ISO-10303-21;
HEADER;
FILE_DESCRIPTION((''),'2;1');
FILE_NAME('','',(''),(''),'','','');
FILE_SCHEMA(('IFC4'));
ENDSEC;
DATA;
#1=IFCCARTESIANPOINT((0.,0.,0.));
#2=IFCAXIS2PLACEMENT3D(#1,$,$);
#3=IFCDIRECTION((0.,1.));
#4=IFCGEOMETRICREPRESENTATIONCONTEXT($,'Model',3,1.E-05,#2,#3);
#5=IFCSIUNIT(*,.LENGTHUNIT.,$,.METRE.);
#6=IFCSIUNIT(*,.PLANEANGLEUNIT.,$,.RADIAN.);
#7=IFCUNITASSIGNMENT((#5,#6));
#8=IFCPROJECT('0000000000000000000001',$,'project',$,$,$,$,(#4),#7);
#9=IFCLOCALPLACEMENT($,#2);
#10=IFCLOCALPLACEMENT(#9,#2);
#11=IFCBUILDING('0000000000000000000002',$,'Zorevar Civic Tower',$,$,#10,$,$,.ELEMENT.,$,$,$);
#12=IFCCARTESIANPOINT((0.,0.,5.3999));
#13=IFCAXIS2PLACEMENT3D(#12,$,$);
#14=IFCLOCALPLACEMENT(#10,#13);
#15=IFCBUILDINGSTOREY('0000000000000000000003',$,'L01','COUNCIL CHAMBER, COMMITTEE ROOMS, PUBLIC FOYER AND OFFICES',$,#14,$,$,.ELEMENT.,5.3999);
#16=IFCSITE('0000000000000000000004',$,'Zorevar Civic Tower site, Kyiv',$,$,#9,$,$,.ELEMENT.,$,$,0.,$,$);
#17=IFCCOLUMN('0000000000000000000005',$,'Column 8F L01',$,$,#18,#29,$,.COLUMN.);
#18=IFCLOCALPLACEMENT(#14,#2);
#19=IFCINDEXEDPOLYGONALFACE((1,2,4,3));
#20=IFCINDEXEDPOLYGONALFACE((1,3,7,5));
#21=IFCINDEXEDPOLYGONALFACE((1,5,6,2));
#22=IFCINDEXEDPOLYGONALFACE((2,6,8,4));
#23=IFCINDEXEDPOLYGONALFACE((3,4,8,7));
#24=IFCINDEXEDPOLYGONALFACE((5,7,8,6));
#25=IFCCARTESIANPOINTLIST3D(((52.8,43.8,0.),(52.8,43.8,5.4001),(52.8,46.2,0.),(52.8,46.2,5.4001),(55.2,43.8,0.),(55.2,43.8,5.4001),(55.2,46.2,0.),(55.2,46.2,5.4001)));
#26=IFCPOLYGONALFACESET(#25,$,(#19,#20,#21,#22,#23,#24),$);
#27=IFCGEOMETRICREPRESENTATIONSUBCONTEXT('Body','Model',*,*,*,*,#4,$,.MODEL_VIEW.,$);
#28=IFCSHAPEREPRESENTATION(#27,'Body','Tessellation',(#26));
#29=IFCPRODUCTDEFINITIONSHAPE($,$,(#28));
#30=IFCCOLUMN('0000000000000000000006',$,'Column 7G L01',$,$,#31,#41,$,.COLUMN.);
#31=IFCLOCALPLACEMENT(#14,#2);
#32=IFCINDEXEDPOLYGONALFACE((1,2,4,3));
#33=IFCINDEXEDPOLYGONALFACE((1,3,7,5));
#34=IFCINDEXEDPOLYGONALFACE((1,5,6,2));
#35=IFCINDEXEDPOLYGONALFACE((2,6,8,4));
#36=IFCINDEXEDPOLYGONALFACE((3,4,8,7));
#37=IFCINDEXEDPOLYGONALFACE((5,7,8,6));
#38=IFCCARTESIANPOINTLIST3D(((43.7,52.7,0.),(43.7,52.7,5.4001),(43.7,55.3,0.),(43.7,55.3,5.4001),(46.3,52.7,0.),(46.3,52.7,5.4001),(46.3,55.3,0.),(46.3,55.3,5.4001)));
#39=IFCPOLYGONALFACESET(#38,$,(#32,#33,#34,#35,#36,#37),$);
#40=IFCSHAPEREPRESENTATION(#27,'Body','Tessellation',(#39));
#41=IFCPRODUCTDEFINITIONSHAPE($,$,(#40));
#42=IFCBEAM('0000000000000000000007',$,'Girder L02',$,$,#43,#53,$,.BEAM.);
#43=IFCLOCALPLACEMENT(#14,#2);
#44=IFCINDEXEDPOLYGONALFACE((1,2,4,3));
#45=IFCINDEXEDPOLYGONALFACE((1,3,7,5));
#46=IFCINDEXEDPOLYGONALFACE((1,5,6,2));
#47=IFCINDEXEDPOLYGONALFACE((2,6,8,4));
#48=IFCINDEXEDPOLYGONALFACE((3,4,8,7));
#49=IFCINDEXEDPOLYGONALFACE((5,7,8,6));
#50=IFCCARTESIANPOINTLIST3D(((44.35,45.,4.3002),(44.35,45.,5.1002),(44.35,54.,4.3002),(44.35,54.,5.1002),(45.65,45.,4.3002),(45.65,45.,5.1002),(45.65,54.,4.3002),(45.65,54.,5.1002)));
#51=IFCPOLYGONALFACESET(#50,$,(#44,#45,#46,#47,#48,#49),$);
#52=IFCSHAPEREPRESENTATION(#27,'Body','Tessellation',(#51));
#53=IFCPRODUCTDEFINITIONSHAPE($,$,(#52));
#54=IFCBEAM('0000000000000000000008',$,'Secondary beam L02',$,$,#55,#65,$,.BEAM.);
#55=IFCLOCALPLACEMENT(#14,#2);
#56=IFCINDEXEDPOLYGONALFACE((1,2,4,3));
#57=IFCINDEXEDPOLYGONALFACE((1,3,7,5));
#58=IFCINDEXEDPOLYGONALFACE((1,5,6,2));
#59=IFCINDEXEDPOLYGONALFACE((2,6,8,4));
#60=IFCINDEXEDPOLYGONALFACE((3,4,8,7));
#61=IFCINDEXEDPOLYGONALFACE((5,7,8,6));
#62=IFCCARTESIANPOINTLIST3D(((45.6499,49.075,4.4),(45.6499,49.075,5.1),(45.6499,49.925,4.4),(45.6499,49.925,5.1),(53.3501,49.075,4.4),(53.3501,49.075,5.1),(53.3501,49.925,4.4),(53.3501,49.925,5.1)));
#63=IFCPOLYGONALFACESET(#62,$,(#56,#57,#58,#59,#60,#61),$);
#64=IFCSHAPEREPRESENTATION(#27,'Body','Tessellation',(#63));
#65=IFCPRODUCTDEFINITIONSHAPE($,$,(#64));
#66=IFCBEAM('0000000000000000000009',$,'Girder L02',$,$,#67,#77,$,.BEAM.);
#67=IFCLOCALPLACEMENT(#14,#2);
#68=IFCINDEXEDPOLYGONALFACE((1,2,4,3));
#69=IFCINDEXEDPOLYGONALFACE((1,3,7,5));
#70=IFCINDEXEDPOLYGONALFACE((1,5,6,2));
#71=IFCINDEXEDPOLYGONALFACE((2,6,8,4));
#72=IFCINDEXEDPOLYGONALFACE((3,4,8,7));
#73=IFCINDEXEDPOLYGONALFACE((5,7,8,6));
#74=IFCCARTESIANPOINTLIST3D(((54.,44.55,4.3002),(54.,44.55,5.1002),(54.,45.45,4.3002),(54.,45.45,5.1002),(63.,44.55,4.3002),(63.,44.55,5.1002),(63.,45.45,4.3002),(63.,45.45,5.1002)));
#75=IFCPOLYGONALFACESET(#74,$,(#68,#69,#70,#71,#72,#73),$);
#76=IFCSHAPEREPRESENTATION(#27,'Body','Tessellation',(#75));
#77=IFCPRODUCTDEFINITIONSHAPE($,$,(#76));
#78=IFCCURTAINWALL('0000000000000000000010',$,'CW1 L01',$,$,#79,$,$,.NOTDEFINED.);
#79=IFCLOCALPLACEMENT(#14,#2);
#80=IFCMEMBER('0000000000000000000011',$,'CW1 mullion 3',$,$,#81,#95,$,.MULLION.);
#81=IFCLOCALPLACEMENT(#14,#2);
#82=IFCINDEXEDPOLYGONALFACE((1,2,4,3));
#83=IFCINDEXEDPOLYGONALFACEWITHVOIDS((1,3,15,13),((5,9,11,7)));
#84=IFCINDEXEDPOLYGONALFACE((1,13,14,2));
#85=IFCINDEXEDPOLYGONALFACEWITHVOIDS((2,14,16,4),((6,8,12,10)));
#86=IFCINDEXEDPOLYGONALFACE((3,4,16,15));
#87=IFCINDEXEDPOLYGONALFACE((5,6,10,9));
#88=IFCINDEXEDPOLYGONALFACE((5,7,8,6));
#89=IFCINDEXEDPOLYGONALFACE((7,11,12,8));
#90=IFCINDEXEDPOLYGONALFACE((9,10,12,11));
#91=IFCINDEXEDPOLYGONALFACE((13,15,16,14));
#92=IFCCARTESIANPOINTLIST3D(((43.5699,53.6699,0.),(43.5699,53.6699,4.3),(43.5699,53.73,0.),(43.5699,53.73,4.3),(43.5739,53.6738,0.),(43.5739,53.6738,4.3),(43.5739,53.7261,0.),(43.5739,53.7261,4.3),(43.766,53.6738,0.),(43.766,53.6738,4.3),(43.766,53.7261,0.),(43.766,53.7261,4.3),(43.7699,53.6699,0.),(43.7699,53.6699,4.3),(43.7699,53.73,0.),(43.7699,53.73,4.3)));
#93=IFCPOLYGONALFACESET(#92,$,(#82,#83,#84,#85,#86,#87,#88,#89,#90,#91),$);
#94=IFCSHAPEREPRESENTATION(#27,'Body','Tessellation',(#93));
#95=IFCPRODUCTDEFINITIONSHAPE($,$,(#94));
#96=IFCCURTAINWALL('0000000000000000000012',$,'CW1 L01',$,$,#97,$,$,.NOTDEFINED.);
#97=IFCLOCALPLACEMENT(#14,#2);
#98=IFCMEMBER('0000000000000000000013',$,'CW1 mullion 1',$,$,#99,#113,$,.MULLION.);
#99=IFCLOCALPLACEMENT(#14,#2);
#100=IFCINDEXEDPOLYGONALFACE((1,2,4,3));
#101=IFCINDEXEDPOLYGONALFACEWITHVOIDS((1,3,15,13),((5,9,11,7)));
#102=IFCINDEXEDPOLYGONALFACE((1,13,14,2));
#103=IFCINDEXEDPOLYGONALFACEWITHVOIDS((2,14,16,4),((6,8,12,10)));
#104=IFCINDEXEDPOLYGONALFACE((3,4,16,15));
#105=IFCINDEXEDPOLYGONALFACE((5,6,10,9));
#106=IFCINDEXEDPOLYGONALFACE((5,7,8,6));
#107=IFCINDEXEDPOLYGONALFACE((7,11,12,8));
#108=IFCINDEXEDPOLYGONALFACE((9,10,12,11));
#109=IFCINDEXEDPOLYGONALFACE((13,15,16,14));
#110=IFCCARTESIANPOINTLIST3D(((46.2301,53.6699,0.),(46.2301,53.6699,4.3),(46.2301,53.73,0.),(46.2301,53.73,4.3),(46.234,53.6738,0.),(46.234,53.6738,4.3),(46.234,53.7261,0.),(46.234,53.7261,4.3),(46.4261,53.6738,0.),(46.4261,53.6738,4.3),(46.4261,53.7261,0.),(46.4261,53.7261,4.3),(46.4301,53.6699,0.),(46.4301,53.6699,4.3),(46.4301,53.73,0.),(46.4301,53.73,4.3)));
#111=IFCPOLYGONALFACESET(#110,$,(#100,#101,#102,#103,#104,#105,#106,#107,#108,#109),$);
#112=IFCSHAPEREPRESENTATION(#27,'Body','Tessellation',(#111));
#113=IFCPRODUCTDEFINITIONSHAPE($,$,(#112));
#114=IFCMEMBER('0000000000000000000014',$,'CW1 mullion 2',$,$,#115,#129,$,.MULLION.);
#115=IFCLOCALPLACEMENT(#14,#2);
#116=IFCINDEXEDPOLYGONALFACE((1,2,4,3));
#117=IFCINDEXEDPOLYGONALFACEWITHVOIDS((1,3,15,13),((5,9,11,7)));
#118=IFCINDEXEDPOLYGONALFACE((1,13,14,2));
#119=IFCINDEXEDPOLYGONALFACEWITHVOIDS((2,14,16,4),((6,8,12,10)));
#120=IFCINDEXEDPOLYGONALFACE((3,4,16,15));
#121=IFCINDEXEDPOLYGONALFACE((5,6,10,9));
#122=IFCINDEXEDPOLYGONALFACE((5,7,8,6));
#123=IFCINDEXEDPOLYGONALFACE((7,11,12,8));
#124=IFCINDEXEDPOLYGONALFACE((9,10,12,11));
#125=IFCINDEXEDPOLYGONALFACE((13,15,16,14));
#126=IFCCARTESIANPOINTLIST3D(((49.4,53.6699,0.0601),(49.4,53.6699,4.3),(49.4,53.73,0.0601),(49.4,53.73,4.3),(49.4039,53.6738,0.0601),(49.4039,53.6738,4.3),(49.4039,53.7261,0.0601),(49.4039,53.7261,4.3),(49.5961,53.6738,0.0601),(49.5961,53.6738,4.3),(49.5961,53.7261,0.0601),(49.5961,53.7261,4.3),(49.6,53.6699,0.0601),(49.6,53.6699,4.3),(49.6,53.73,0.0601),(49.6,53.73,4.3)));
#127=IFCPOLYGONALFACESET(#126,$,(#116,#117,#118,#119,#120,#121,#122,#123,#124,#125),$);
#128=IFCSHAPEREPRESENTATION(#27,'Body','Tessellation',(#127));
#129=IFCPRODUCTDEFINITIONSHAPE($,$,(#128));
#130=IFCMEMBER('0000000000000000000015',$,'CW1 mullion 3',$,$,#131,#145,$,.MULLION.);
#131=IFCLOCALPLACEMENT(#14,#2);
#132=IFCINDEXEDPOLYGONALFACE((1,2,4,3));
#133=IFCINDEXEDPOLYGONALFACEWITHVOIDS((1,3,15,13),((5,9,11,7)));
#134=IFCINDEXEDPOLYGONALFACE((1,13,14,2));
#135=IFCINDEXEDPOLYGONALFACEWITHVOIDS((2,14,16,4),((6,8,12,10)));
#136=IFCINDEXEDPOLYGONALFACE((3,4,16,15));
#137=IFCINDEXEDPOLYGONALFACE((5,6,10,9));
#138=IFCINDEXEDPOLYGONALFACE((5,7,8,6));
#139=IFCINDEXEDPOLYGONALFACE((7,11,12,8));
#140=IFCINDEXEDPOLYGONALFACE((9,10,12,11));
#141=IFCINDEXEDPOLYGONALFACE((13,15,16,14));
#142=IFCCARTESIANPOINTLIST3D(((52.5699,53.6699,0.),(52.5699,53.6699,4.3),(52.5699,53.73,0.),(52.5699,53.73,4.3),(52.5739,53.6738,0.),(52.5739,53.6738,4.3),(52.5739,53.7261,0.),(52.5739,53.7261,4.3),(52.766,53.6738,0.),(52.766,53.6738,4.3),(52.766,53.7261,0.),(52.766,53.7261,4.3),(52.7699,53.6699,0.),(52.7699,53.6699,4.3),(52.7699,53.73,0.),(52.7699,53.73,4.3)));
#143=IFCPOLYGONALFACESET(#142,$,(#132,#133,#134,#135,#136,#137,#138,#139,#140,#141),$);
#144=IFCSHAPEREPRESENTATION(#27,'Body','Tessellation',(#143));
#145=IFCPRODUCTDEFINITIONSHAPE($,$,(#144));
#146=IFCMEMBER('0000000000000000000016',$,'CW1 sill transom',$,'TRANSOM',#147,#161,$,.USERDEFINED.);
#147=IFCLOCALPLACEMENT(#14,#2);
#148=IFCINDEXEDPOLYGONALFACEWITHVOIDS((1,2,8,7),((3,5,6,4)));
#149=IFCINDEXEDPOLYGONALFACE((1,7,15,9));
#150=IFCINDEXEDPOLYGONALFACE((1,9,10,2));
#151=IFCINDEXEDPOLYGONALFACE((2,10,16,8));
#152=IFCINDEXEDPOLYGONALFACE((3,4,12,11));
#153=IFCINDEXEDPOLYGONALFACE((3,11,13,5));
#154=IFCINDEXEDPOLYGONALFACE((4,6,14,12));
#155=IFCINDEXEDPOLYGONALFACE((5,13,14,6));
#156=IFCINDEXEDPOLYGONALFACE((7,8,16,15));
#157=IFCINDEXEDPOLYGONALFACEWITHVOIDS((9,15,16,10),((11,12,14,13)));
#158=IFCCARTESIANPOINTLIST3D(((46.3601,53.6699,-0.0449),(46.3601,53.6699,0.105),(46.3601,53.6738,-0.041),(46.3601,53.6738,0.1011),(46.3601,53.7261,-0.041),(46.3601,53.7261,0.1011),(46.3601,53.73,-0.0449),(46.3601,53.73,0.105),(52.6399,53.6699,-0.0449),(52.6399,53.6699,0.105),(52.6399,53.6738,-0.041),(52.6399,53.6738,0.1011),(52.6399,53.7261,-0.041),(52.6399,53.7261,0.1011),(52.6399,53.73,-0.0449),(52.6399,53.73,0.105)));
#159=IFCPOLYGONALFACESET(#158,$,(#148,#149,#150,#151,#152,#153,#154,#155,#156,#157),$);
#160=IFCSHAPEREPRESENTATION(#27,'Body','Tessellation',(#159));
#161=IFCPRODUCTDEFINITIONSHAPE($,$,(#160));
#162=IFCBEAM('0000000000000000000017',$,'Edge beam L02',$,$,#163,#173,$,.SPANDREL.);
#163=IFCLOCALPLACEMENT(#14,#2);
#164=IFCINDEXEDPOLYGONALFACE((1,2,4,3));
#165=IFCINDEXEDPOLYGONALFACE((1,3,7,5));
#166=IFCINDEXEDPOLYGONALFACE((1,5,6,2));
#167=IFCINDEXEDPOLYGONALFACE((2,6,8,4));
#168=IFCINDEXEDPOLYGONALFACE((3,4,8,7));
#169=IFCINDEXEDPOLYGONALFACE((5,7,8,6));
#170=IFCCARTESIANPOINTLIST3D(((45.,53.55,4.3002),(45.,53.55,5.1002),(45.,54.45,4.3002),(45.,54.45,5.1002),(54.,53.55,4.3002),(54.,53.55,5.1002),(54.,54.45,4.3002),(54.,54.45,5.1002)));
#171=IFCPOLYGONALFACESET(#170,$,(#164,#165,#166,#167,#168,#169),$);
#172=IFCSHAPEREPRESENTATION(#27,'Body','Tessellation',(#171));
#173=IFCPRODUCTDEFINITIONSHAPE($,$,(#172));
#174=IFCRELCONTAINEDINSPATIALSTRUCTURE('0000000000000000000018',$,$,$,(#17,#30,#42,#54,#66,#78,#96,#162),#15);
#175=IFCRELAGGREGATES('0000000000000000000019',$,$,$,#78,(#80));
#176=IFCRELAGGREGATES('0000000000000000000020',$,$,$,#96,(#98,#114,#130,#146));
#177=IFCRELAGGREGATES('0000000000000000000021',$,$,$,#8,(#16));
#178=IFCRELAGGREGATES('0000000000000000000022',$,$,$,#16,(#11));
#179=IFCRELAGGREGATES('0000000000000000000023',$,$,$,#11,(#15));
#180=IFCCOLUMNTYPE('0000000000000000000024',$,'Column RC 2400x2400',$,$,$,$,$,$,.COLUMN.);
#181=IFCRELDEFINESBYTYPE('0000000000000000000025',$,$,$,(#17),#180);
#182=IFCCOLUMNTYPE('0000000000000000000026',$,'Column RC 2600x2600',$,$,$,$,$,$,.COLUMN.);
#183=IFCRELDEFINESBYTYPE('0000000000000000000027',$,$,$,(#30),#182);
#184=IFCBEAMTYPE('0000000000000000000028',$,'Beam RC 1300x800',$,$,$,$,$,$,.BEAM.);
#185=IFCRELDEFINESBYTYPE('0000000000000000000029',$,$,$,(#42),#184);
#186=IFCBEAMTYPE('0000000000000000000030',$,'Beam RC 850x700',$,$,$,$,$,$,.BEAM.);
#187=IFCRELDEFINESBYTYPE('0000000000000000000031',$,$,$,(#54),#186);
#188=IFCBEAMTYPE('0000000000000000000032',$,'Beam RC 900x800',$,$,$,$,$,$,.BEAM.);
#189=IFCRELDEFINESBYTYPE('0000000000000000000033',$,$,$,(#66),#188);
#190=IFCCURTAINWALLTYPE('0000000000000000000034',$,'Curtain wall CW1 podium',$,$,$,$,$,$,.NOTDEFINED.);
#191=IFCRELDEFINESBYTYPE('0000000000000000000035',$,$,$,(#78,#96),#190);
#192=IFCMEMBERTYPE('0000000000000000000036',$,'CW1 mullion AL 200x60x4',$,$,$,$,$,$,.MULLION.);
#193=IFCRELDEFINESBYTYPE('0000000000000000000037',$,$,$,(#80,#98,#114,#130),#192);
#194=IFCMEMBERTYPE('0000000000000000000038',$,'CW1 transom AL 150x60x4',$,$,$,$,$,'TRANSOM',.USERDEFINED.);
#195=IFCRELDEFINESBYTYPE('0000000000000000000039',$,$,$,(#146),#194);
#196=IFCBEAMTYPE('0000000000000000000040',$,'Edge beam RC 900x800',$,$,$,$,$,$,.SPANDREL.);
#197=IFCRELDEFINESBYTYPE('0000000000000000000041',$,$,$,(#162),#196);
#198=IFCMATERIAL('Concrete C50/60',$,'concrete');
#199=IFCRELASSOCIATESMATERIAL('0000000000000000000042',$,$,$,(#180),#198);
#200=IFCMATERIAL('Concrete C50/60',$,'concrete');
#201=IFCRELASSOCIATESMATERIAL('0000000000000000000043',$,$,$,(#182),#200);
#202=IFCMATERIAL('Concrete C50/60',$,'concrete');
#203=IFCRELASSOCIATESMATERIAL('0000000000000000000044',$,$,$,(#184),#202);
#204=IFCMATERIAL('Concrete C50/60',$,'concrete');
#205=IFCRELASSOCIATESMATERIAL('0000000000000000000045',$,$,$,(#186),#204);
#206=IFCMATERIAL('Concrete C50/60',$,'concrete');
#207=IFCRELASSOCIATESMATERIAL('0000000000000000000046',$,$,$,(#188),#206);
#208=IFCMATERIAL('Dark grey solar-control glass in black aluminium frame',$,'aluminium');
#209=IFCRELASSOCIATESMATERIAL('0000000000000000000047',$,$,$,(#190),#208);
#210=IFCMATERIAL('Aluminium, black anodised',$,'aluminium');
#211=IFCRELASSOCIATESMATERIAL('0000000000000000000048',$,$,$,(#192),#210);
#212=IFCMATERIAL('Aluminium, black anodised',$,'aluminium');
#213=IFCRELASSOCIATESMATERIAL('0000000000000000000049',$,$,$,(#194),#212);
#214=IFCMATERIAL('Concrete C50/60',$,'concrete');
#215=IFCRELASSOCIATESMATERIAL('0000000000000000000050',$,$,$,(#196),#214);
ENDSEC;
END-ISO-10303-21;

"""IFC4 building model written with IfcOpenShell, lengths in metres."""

from ifc_helpers import new_model, si_unit, direction, frame, origin, origin_2d, place, context, subcontext, project, spatial, rectangle, hollow_rectangle, extrude, material, material_profile, profile_set, type_object, element, aggregate, save


model = new_model("IFC4")

# Units and contexts
model_context = context("Model", 3, precision=1e-05, world=origin(), true_north=direction((0.0, 1.0)))
body_context = subcontext(model_context, "Body", "Model", "MODEL_VIEW")
ifc_project = project(units=[si_unit("LENGTHUNIT", "METRE"), si_unit("PLANEANGLEUNIT", "RADIAN")], contexts=[model_context])

# Site, building, storey
site_placement = place(None, origin())
site = spatial("IfcSite", under=ifc_project, at=site_placement, Name="Zorevar Civic Tower site, Kyiv", CompositionType="ELEMENT", RefElevation=0.0)
building_placement = place(site_placement, origin())
building = spatial("IfcBuilding", under=site, at=building_placement, Name="Zorevar Civic Tower", CompositionType="ELEMENT")
storey_placement = place(building_placement, frame((0.0, 0.0, 5.3999)))
storey = spatial("IfcBuildingStorey", under=building, at=storey_placement, Name="L01", Description="COUNCIL CHAMBER, COMMITTEE ROOMS, PUBLIC FOYER AND OFFICES", CompositionType="ELEMENT", Elevation=5.3999)

# Columns
ifc_material_1 = material(Name="Concrete C50/60", Category="concrete")
ifc_material_profile_1 = material_profile(ifc_material_1, rectangle(XDim=2.3999, YDim=2.3999, at=origin_2d()), Name="RC 2400x2400")
ifc_profile_set_1 = profile_set([ifc_material_profile_1], Name="Concrete C50/60")
column_type_1 = type_object("IfcColumnType", Name="Column RC 2400x2400", PredefinedType="COLUMN", material=ifc_profile_set_1)
column_1_placement = place(storey_placement, frame((54.0, 45.0, 0.0), z_axis=(0.0, 0.0, 1.0), x_axis=(1.0, 0.0, 0.0)))
element("IfcColumn", 1, at=column_1_placement, inside=storey, type_object=column_type_1, Name="Column 8F L01", PredefinedType="COLUMN", context=body_context, shape_type="SweptSolid", body=[
    extrude(rectangle(XDim=2.3999, YDim=2.3999, at=origin_2d()), origin(), (0.0, 0.0, 1.0), 5.4001),
])
ifc_material_2 = material(Name="Concrete C50/60", Category="concrete")
ifc_material_profile_2 = material_profile(ifc_material_2, rectangle(XDim=2.6001, YDim=2.6001, at=origin_2d()), Name="RC 2600x2600")
ifc_profile_set_2 = profile_set([ifc_material_profile_2], Name="Concrete C50/60")
column_type_2 = type_object("IfcColumnType", Name="Column RC 2600x2600", PredefinedType="COLUMN", material=ifc_profile_set_2)
column_2_placement = place(storey_placement, frame((45.0, 54.0, 0.0), z_axis=(0.0, 0.0, 1.0), x_axis=(1.0, 0.0, 0.0)))
element("IfcColumn", 2, at=column_2_placement, inside=storey, type_object=column_type_2, Name="Column 7G L01", PredefinedType="COLUMN", context=body_context, shape_type="SweptSolid", body=[
    extrude(rectangle(XDim=2.6001, YDim=2.6001, at=origin_2d()), origin(), (0.0, 0.0, 1.0), 5.4001),
])

# Beams
ifc_material_3 = material(Name="Concrete C50/60", Category="concrete")
ifc_material_profile_3 = material_profile(ifc_material_3, rectangle(XDim=1.3, YDim=0.8, at=origin_2d()), Name="RC 1300x800")
ifc_profile_set_3 = profile_set([ifc_material_profile_3], Name="Concrete C50/60")
beam_type_1 = type_object("IfcBeamType", Name="Beam RC 1300x800", PredefinedType="BEAM", material=ifc_profile_set_3)
beam_1_placement = place(storey_placement, frame((45.0, 45.0, 4.7002), z_axis=(0.0, 1.0, 0.0), x_axis=(-1.0, 0.0, 0.0)))
element("IfcBeam", 3, at=beam_1_placement, inside=storey, type_object=beam_type_1, Name="Girder L02", PredefinedType="BEAM", context=body_context, shape_type="SweptSolid", body=[
    extrude(rectangle(XDim=1.3, YDim=0.8, at=origin_2d()), origin(), (0.0, 0.0, 1.0), 9.0),
])
ifc_material_4 = material(Name="Concrete C50/60", Category="concrete")
ifc_material_profile_4 = material_profile(ifc_material_4, rectangle(XDim=0.8501, YDim=0.7, at=origin_2d()), Name="RC 850x700")
ifc_profile_set_4 = profile_set([ifc_material_profile_4], Name="Concrete C50/60")
beam_type_2 = type_object("IfcBeamType", Name="Beam RC 850x700", PredefinedType="BEAM", material=ifc_profile_set_4)
beam_2_placement = place(storey_placement, frame((45.6499, 49.5, 4.75), z_axis=(1.0, 0.0, 0.0), x_axis=(0.0, 1.0, 0.0)))
element("IfcBeam", 4, at=beam_2_placement, inside=storey, type_object=beam_type_2, Name="Secondary beam L02", PredefinedType="BEAM", context=body_context, shape_type="SweptSolid", body=[
    extrude(rectangle(XDim=0.8501, YDim=0.7, at=origin_2d()), origin(), (0.0, 0.0, 1.0), 7.7002),
])
ifc_material_5 = material(Name="Concrete C50/60", Category="concrete")
ifc_material_profile_5 = material_profile(ifc_material_5, rectangle(XDim=0.8999, YDim=0.8, at=origin_2d()), Name="RC 900x800")
ifc_profile_set_5 = profile_set([ifc_material_profile_5], Name="Concrete C50/60")
beam_type_3 = type_object("IfcBeamType", Name="Beam RC 900x800", PredefinedType="BEAM", material=ifc_profile_set_5)
beam_3_placement = place(storey_placement, frame((54.0, 45.0, 4.7002), z_axis=(1.0, 0.0, 0.0), x_axis=(0.0, 1.0, 0.0)))
element("IfcBeam", 5, at=beam_3_placement, inside=storey, type_object=beam_type_3, Name="Girder L02", PredefinedType="BEAM", context=body_context, shape_type="SweptSolid", body=[
    extrude(rectangle(XDim=0.8999, YDim=0.8, at=origin_2d()), origin(), (0.0, 0.0, 1.0), 9.0),
])

# Curtain wall, member
ifc_material_6 = material(Name="Dark grey solar-control glass in black aluminium frame", Category="aluminium")
curtain_wall_type = type_object("IfcCurtainWallType", Name="Curtain wall CW1 podium", PredefinedType="NOTDEFINED", material=ifc_material_6)
curtain_wall_1_placement = place(storey_placement, origin())
curtain_wall_1 = element("IfcCurtainWall", 6, at=curtain_wall_1_placement, inside=storey, type_object=curtain_wall_type, Name="CW1 L01", PredefinedType="NOTDEFINED")
ifc_material_7 = material(Name="Aluminium, black anodised", Category="aluminium")
ifc_material_profile_6 = material_profile(ifc_material_7, hollow_rectangle(XDim=0.0601, YDim=0.2, WallThickness=0.0039, at=origin_2d()), Name="AL 200x60x4")
ifc_profile_set_6 = profile_set([ifc_material_profile_6], Name="Aluminium, black anodised")
member_type_1 = type_object("IfcMemberType", Name="CW1 mullion AL 200x60x4", PredefinedType="MULLION", material=ifc_profile_set_6)
member_1_placement = place(storey_placement, frame((43.6699, 53.7, 0.0), z_axis=(0.0, 0.0, 1.0), x_axis=(0.0, 1.0, 0.0)))
member_1 = element("IfcMember", 7, at=member_1_placement, type_object=member_type_1, Name="CW1 mullion 3", PredefinedType="MULLION", context=body_context, shape_type="SweptSolid", body=[
    extrude(hollow_rectangle(XDim=0.0601, YDim=0.2, WallThickness=0.0039, at=origin_2d()), origin(), (0.0, 0.0, 1.0), 4.3),
])

# Curtain wall, members
curtain_wall_2_placement = place(storey_placement, origin())
curtain_wall_2 = element("IfcCurtainWall", 8, at=curtain_wall_2_placement, inside=storey, type_object=curtain_wall_type, Name="CW1 L01", PredefinedType="NOTDEFINED")
member_2_placement = place(storey_placement, frame((46.3301, 53.7, 0.0), z_axis=(0.0, 0.0, 1.0), x_axis=(0.0, 1.0, 0.0)))
member_2 = element("IfcMember", 9, at=member_2_placement, type_object=member_type_1, Name="CW1 mullion 1", PredefinedType="MULLION", context=body_context, shape_type="SweptSolid", body=[
    extrude(hollow_rectangle(XDim=0.0601, YDim=0.2, WallThickness=0.0039, at=origin_2d()), origin(), (0.0, 0.0, 1.0), 4.3),
])
member_3_placement = place(storey_placement, frame((49.5, 53.7, 0.0601), z_axis=(0.0, 0.0, 1.0), x_axis=(0.0, 1.0, 0.0)))
member_3 = element("IfcMember", 10, at=member_3_placement, type_object=member_type_1, Name="CW1 mullion 2", PredefinedType="MULLION", context=body_context, shape_type="SweptSolid", body=[
    extrude(hollow_rectangle(XDim=0.0601, YDim=0.2, WallThickness=0.0039, at=origin_2d()), origin(), (0.0, 0.0, 1.0), 4.24),
])
member_4_placement = place(storey_placement, frame((52.6699, 53.7, 0.0), z_axis=(0.0, 0.0, 1.0), x_axis=(0.0, 1.0, 0.0)))
member_4 = element("IfcMember", 11, at=member_4_placement, type_object=member_type_1, Name="CW1 mullion 3", PredefinedType="MULLION", context=body_context, shape_type="SweptSolid", body=[
    extrude(hollow_rectangle(XDim=0.0601, YDim=0.2, WallThickness=0.0039, at=origin_2d()), origin(), (0.0, 0.0, 1.0), 4.3),
])
ifc_material_8 = material(Name="Aluminium, black anodised", Category="aluminium")
ifc_material_profile_7 = material_profile(ifc_material_8, hollow_rectangle(XDim=0.0601, YDim=0.1499, WallThickness=0.0039, at=origin_2d()), Name="AL 150x60x4")
ifc_profile_set_7 = profile_set([ifc_material_profile_7], Name="Aluminium, black anodised")
member_type_2 = type_object("IfcMemberType", Name="CW1 transom AL 150x60x4", ElementType="TRANSOM", PredefinedType="USERDEFINED", material=ifc_profile_set_7)
member_5_placement = place(storey_placement, frame((46.3601, 53.7, 0.03), z_axis=(1.0, 0.0, 0.0), x_axis=(0.0, 1.0, 0.0)))
member_5 = element("IfcMember", 12, at=member_5_placement, type_object=member_type_2, Name="CW1 sill transom", ObjectType="TRANSOM", PredefinedType="USERDEFINED", context=body_context, shape_type="SweptSolid", body=[
    extrude(hollow_rectangle(XDim=0.0601, YDim=0.1499, WallThickness=0.0039, at=origin_2d()), origin(), (0.0, 0.0, 1.0), 6.2798),
])

# Beam
ifc_material_9 = material(Name="Concrete C50/60", Category="concrete")
ifc_material_profile_8 = material_profile(ifc_material_9, rectangle(XDim=0.8999, YDim=0.8, at=origin_2d()), Name="RC 900x800")
ifc_profile_set_8 = profile_set([ifc_material_profile_8], Name="Concrete C50/60")
beam_type_4 = type_object("IfcBeamType", Name="Edge beam RC 900x800", PredefinedType="SPANDREL", material=ifc_profile_set_8)
beam_4_placement = place(storey_placement, frame((45.0, 54.0, 4.7002), z_axis=(1.0, 0.0, 0.0), x_axis=(0.0, 1.0, 0.0)))
element("IfcBeam", 13, at=beam_4_placement, inside=storey, type_object=beam_type_4, Name="Edge beam L02", PredefinedType="SPANDREL", context=body_context, shape_type="SweptSolid", body=[
    extrude(rectangle(XDim=0.8999, YDim=0.8, at=origin_2d()), origin(), (0.0, 0.0, 1.0), 9.0),
])

aggregate(curtain_wall_1, [member_1])
aggregate(curtain_wall_2, [member_2, member_3, member_4, member_5])

save(model, "model.ifc")
